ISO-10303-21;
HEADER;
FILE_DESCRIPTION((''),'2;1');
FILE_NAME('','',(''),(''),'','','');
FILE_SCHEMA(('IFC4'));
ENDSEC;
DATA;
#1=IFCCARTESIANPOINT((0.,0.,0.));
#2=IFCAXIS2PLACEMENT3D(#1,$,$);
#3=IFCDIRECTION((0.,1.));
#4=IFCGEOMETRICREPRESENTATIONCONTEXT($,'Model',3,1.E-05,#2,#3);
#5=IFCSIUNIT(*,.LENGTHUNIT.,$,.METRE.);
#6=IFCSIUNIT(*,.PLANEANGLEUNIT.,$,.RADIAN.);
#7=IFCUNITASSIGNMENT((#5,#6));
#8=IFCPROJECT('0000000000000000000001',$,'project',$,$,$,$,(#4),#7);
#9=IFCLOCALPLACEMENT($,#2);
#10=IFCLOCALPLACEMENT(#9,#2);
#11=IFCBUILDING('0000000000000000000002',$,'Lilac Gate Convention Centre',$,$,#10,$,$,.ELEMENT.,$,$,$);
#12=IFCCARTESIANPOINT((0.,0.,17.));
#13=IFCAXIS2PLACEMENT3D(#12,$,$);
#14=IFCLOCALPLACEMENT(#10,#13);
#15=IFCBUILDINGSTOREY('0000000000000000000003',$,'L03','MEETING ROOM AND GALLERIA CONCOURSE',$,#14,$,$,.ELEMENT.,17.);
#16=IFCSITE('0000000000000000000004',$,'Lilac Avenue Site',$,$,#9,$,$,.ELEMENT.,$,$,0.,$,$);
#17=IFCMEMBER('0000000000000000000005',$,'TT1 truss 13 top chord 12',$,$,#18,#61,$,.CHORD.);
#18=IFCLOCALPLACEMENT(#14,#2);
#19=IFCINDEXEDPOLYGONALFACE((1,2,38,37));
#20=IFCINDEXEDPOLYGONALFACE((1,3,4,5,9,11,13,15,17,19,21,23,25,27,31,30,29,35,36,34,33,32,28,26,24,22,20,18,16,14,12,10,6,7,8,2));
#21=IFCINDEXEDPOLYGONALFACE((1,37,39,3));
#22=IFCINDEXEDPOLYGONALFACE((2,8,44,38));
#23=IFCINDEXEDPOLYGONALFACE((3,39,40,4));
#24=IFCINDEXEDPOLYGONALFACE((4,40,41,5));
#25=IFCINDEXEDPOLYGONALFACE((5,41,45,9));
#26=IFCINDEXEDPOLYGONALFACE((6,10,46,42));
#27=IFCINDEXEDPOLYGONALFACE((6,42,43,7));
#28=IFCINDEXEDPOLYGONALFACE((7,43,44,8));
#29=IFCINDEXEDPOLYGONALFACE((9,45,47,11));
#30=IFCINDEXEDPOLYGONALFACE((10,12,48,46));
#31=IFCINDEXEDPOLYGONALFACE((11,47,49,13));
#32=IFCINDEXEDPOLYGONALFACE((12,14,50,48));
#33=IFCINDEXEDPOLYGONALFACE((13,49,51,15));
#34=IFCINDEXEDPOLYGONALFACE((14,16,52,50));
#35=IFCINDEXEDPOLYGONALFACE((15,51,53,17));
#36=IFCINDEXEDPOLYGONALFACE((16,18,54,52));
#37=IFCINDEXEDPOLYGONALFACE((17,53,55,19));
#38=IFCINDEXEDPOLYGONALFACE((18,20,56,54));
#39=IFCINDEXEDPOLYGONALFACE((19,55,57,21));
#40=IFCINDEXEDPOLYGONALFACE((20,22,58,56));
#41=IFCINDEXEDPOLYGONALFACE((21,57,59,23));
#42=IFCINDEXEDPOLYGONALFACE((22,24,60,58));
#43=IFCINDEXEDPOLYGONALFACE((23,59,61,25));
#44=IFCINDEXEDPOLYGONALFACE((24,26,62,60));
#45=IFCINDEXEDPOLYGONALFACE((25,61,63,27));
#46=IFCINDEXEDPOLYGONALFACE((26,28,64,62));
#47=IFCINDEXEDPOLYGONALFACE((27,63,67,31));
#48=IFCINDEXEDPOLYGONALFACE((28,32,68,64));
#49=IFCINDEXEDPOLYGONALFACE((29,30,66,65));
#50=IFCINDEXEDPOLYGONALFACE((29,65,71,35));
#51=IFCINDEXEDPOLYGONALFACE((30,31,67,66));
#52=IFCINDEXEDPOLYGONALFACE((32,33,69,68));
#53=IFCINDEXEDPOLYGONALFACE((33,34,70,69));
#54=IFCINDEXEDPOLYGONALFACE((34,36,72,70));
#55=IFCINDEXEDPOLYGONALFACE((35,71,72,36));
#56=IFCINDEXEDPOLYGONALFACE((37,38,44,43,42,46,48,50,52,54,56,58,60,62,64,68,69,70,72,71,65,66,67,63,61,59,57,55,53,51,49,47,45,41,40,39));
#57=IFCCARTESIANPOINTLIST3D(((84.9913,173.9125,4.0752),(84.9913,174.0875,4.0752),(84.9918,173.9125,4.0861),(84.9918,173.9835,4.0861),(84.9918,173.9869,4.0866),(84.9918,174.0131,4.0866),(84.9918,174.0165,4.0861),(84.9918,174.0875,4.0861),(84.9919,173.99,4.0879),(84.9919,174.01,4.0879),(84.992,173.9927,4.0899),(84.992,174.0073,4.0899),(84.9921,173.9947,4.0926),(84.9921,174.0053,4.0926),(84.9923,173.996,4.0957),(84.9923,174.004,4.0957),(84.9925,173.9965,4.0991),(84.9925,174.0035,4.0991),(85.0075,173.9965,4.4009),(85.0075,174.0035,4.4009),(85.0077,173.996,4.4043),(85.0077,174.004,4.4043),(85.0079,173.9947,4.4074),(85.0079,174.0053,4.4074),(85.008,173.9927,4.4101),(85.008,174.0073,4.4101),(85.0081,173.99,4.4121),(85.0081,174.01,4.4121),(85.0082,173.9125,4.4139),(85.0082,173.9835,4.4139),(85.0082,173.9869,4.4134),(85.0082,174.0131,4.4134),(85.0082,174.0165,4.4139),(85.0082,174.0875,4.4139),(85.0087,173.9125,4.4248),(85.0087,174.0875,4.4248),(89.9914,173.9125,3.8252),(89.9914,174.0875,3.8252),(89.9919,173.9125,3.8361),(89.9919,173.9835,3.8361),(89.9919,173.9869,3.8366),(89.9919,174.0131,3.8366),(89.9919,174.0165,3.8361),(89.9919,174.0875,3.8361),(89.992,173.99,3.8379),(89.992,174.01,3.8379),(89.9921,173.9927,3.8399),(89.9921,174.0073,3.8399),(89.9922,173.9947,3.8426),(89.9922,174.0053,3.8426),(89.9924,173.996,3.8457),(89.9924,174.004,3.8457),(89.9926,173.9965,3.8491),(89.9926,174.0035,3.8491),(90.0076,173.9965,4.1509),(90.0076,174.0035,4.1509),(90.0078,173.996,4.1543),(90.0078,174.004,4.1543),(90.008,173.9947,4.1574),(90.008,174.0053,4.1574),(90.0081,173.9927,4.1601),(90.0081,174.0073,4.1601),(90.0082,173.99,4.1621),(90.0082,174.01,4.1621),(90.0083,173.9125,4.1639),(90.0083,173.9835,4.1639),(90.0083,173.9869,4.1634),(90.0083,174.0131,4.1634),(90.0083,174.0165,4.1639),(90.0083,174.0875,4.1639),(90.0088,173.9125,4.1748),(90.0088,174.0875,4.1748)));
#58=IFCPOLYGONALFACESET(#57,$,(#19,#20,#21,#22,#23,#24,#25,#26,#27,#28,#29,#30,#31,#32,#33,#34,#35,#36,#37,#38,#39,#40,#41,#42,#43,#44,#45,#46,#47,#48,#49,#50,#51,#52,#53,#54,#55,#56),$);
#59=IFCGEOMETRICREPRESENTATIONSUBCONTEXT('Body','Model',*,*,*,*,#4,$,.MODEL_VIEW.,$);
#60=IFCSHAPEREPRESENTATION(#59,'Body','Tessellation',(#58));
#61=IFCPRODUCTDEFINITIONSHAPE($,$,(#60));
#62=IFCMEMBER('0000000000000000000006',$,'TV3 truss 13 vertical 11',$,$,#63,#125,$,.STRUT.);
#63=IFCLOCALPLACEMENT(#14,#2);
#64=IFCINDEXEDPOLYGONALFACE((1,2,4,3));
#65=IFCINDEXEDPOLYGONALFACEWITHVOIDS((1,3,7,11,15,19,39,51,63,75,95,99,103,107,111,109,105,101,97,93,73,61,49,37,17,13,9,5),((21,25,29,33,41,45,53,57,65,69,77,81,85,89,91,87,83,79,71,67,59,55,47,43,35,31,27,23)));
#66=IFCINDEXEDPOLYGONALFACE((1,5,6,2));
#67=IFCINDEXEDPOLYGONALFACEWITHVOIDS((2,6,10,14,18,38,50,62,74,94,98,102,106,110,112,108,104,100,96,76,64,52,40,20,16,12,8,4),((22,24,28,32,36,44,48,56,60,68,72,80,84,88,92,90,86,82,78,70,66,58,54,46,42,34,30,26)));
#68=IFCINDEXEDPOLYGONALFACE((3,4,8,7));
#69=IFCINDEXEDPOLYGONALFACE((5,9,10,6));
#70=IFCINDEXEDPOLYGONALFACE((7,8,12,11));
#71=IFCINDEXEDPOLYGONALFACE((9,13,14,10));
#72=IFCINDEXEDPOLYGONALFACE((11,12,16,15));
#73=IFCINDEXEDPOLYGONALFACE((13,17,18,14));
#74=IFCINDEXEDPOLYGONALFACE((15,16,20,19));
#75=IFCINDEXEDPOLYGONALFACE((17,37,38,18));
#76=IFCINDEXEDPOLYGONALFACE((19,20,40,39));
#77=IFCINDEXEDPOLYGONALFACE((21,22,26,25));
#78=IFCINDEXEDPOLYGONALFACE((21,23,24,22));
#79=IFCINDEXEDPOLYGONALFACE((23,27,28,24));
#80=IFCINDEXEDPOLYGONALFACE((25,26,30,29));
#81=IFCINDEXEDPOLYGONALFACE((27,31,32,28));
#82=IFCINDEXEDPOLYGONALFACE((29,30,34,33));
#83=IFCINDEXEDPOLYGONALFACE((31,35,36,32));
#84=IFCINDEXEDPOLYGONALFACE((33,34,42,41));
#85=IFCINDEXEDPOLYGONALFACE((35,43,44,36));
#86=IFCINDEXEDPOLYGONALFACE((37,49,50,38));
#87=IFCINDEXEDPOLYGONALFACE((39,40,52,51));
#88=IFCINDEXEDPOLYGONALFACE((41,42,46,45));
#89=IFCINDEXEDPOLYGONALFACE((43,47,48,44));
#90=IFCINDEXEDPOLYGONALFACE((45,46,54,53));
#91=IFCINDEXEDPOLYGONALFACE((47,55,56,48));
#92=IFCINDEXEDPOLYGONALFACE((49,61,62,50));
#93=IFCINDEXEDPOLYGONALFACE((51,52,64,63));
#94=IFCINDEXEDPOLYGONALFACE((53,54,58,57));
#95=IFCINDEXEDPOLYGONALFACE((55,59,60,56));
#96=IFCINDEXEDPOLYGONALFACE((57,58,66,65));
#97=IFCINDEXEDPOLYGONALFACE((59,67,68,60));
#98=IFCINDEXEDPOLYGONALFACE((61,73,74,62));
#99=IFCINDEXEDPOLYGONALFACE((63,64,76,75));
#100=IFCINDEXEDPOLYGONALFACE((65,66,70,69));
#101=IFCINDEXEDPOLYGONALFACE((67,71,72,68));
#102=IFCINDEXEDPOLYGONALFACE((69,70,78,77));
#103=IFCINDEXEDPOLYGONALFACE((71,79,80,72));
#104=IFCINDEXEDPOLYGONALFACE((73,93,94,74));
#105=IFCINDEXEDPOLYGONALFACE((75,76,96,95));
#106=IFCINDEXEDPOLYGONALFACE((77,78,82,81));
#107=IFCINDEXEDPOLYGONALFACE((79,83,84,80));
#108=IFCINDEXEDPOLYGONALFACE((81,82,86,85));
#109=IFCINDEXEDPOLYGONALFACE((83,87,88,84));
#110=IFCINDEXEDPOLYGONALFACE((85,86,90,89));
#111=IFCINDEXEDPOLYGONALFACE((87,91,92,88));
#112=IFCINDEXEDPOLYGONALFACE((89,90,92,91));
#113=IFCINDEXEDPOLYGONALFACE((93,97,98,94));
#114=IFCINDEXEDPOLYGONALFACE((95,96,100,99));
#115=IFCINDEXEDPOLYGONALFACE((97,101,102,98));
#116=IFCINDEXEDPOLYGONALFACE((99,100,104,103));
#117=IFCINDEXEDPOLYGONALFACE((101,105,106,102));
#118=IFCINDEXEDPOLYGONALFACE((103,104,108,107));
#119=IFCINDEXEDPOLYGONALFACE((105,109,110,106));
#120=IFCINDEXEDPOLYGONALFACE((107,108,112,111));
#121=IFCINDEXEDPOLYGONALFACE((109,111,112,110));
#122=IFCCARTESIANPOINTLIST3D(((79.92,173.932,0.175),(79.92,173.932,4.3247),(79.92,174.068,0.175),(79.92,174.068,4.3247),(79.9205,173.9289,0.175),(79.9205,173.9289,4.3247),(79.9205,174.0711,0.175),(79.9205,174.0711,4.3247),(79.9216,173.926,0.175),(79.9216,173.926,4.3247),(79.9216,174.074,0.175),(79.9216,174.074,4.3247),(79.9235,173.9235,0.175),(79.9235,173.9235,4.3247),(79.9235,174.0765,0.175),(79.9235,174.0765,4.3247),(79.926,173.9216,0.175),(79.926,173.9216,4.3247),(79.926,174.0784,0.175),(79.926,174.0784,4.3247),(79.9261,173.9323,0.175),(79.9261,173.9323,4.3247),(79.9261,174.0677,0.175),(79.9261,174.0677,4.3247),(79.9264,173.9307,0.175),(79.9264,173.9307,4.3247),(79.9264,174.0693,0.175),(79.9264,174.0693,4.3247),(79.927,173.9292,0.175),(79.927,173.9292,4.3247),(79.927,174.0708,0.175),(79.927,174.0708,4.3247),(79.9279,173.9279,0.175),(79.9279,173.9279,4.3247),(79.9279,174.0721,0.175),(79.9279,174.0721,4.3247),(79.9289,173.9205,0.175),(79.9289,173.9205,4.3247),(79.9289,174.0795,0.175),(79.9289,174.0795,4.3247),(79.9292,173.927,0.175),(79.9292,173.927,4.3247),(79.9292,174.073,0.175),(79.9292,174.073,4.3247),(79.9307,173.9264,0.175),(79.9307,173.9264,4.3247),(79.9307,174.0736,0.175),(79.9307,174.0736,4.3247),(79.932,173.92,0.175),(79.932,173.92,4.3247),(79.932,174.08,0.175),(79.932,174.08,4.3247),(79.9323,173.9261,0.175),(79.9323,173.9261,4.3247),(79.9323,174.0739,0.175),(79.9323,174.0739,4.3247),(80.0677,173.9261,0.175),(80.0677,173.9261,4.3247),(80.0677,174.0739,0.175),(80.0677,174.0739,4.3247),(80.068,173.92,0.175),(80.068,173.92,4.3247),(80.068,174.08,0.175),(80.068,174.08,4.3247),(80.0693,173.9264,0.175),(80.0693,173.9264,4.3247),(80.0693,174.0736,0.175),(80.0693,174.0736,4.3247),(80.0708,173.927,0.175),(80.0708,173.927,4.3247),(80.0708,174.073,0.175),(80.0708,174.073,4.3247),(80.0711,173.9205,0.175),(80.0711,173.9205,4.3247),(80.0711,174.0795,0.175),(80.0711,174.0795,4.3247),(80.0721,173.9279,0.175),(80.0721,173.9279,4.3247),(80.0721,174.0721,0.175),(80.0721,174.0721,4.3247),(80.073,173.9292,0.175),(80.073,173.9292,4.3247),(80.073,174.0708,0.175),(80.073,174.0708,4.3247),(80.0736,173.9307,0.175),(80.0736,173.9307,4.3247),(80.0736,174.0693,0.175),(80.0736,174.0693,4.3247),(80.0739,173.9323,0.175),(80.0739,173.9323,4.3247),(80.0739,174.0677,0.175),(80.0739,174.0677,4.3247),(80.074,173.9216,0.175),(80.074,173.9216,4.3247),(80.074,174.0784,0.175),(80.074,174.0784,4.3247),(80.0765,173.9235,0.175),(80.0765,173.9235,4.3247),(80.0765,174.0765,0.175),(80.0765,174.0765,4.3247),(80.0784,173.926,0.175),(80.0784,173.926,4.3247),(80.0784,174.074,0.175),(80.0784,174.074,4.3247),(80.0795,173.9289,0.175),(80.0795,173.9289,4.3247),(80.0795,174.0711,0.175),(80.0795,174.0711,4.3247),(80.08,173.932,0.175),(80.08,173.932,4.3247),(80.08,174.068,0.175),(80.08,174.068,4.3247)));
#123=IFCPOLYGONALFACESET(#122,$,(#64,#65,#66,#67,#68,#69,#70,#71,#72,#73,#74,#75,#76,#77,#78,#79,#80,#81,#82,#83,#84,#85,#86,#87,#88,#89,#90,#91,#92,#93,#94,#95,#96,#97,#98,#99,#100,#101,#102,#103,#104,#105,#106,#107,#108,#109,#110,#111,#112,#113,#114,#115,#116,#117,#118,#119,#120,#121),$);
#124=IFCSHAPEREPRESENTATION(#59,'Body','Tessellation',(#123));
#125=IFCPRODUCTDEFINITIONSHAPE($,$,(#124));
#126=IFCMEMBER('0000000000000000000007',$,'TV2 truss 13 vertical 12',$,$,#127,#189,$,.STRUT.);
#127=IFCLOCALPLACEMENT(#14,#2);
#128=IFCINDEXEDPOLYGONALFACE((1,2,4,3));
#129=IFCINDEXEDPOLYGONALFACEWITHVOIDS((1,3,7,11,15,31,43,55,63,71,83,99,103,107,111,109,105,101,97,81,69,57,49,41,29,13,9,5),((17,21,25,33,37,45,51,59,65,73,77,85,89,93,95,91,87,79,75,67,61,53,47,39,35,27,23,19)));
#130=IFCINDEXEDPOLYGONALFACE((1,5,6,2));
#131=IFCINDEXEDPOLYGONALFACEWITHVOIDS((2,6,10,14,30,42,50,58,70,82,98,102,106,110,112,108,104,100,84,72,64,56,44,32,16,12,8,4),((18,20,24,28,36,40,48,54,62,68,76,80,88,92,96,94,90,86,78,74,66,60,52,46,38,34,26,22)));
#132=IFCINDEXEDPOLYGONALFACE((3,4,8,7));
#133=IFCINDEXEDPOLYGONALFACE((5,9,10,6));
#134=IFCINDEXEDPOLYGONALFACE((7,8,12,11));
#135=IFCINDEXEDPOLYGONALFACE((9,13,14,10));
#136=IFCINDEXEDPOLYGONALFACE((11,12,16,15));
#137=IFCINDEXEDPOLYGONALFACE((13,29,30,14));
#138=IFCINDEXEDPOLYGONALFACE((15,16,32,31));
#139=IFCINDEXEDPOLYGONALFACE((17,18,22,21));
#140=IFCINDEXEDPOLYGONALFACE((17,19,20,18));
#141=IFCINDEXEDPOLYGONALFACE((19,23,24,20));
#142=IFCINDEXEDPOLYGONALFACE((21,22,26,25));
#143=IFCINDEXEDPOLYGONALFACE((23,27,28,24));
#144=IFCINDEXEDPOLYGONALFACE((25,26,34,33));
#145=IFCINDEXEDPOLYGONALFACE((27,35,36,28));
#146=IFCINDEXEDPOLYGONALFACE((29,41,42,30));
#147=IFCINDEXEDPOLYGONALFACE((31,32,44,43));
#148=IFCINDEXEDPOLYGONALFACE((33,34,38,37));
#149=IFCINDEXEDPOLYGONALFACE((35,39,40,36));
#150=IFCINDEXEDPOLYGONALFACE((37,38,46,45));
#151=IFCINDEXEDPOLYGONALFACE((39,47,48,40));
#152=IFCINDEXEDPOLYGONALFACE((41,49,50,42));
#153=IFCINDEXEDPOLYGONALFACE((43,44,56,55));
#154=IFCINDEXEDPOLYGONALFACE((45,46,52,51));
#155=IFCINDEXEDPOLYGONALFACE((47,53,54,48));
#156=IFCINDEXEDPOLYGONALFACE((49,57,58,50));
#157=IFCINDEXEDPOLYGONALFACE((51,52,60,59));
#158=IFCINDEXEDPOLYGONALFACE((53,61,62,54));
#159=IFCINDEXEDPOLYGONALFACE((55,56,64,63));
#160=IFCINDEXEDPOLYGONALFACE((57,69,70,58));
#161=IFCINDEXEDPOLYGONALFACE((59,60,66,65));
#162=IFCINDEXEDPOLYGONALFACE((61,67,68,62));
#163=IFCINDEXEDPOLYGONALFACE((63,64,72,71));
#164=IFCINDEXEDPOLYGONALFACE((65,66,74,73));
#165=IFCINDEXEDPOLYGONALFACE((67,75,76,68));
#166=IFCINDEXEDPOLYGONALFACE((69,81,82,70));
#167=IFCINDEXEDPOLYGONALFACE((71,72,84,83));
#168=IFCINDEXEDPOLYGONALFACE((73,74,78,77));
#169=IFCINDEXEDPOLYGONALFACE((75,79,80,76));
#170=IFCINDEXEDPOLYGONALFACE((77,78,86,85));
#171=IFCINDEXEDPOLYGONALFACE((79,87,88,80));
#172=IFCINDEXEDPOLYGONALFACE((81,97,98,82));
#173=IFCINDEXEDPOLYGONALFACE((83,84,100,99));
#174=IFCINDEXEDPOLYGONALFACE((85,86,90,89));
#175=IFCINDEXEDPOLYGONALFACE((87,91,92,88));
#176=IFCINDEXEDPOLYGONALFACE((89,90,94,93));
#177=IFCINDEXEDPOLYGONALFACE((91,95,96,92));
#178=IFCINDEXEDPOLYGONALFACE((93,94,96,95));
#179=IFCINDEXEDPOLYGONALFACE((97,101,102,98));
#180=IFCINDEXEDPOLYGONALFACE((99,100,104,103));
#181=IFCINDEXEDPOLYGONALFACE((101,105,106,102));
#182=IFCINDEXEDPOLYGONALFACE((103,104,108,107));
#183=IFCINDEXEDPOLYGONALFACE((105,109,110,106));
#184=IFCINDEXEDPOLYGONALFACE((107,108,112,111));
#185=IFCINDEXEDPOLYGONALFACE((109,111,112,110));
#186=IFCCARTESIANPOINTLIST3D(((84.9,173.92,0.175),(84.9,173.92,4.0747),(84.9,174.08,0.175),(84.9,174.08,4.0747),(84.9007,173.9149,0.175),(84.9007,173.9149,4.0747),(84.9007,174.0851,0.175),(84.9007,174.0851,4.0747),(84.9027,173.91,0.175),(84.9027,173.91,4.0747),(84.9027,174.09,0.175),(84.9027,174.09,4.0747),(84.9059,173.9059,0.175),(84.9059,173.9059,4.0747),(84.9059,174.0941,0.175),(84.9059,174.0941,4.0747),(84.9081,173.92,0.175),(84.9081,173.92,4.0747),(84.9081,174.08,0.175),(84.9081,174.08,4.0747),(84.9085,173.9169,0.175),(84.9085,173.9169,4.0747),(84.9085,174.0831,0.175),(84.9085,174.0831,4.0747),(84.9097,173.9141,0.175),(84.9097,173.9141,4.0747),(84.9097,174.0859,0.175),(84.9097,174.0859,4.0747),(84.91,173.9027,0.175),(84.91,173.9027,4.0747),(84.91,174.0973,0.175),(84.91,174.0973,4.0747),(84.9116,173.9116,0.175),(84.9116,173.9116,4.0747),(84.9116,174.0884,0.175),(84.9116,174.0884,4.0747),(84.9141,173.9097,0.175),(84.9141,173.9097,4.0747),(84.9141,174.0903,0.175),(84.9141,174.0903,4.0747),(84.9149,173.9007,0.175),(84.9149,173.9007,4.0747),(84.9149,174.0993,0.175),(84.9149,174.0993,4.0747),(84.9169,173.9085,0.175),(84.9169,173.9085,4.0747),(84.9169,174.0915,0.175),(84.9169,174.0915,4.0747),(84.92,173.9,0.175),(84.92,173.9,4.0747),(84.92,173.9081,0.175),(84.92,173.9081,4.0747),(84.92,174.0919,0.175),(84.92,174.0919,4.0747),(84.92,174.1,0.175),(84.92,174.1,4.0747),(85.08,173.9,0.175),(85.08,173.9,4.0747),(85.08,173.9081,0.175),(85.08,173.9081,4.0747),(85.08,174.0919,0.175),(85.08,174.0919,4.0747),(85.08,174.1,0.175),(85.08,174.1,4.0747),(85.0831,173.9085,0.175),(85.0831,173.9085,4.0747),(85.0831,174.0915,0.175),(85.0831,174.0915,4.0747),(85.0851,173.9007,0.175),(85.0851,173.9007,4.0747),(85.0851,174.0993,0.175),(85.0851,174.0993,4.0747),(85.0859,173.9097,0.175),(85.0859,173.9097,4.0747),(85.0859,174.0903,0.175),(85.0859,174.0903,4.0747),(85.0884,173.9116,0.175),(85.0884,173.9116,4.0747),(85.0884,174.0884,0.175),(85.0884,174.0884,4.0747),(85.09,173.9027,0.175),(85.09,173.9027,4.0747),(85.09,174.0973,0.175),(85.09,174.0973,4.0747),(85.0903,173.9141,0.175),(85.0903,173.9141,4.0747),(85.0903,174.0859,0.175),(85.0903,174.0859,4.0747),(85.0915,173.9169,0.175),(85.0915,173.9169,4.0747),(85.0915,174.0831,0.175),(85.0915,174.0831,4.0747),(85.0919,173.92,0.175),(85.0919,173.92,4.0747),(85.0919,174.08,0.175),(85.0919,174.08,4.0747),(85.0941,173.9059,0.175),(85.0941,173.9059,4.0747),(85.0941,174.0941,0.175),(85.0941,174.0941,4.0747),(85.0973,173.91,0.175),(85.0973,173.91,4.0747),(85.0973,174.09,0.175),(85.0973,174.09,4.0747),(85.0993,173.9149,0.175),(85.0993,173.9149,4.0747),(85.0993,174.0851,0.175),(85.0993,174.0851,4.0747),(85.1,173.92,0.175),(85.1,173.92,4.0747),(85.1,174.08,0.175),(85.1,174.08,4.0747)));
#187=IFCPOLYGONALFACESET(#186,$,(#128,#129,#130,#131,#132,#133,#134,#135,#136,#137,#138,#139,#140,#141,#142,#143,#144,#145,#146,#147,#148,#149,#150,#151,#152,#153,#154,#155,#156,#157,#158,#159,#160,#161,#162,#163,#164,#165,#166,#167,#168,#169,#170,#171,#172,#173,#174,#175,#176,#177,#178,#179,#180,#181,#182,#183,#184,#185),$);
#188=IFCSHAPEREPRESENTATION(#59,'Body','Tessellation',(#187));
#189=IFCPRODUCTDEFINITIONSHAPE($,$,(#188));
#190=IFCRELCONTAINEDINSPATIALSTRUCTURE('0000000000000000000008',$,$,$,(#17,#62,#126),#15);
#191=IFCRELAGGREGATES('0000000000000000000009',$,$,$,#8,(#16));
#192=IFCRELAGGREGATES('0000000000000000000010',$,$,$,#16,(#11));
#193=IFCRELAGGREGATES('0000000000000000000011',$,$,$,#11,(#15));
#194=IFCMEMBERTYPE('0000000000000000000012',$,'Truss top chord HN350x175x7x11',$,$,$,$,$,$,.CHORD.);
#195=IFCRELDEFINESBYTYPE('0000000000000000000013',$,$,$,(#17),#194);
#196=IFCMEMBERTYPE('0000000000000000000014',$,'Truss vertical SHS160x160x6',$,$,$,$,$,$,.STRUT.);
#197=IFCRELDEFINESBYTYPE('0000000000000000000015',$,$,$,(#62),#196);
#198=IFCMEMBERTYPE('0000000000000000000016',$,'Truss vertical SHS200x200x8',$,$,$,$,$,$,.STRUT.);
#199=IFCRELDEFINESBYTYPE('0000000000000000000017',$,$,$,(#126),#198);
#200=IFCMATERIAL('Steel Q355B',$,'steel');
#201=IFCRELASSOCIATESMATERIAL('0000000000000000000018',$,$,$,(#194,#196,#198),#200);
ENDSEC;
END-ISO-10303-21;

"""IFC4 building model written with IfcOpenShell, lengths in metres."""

from ifc_helpers import new_model, si_unit, direction, frame, origin, origin_2d, place, context, subcontext, project, spatial, hollow_rectangle, i_section, extrude, material, material_profile, profile_set, type_object, element, save


model = new_model("IFC4")

# Units and contexts
model_context = context("Model", 3, precision=1e-05, world=origin(), true_north=direction((0.0, 1.0)))
body_context = subcontext(model_context, "Body", "Model", "MODEL_VIEW")
ifc_project = project(units=[si_unit("LENGTHUNIT", "METRE"), si_unit("PLANEANGLEUNIT", "RADIAN")], contexts=[model_context])

# Site, building, storey
site_placement = place(None, origin())
site = spatial("IfcSite", under=ifc_project, at=site_placement, Name="Lilac Avenue Site", CompositionType="ELEMENT", RefElevation=0.0)
building_placement = place(site_placement, origin())
building = spatial("IfcBuilding", under=site, at=building_placement, Name="Lilac Gate Convention Centre", CompositionType="ELEMENT")
storey_placement = place(building_placement, frame((0.0, 0.0, 17.0)))
storey = spatial("IfcBuildingStorey", under=building, at=storey_placement, Name="L03", Description="MEETING ROOM AND GALLERIA CONCOURSE", CompositionType="ELEMENT", Elevation=17.0)

# Members
ifc_material = material(Name="Steel Q355B", Category="steel")
ifc_material_profile_1 = material_profile(ifc_material, i_section(OverallWidth=0.175, OverallDepth=0.3501, WebThickness=0.0071, FlangeThickness=0.011, FilletRadius=0.0129, at=origin_2d()), Name="HN350x175x7x11")
ifc_profile_set_1 = profile_set([ifc_material_profile_1], Name="Steel Q355B")
member_type_1 = type_object("IfcMemberType", Name="Truss top chord HN350x175x7x11", PredefinedType="CHORD", material=ifc_profile_set_1)
for number, where, z_axis, x_axis, name in (
    (1, (85.0, 174.0, 4.25), (0.998752, 0.0, -0.049938), (0.0, 1.0, 0.0), "TT1 truss 13 top chord 12"),
):
    element("IfcMember", number, at=place(storey_placement, frame(where, z_axis=z_axis, x_axis=x_axis)), inside=storey, type_object=member_type_1, Name=name, PredefinedType="CHORD", context=body_context, shape_type="SweptSolid", body=[
        extrude(i_section(OverallWidth=0.175, OverallDepth=0.3501, WebThickness=0.0071, FlangeThickness=0.011, FilletRadius=0.0129, at=origin_2d()), origin(), (0.0, 0.0, 1.0), 5.0063),
    ])
ifc_material_profile_2 = material_profile(ifc_material, hollow_rectangle(XDim=0.1599, YDim=0.1599, WallThickness=0.0061, InnerFilletRadius=0.0061, OuterFilletRadius=0.012, at=origin_2d()), Name="SHS160x160x6")
ifc_profile_set_2 = profile_set([ifc_material_profile_2], Name="Steel Q355B")
member_type_2 = type_object("IfcMemberType", Name="Truss vertical SHS160x160x6", PredefinedType="STRUT", material=ifc_profile_set_2)
member_1_placement = place(storey_placement, frame((80.0, 174.0, 0.175), z_axis=(0.0, 0.0, 1.0), x_axis=(1.0, 0.0, 0.0)))
element("IfcMember", 2, at=member_1_placement, inside=storey, type_object=member_type_2, Name="TV3 truss 13 vertical 11", PredefinedType="STRUT", context=body_context, shape_type="SweptSolid", body=[
    extrude(hollow_rectangle(XDim=0.1599, YDim=0.1599, WallThickness=0.0061, InnerFilletRadius=0.0061, OuterFilletRadius=0.012, at=origin_2d()), origin(), (0.0, 0.0, 1.0), 4.1497),
])
ifc_material_profile_3 = material_profile(ifc_material, hollow_rectangle(XDim=0.2, YDim=0.2, WallThickness=0.0081, InnerFilletRadius=0.012, OuterFilletRadius=0.02, at=origin_2d()), Name="SHS200x200x8")
ifc_profile_set_3 = profile_set([ifc_material_profile_3], Name="Steel Q355B")
member_type_3 = type_object("IfcMemberType", Name="Truss vertical SHS200x200x8", PredefinedType="STRUT", material=ifc_profile_set_3)
member_2_placement = place(storey_placement, frame((85.0, 174.0, 0.175), z_axis=(0.0, 0.0, 1.0), x_axis=(1.0, 0.0, 0.0)))
element("IfcMember", 3, at=member_2_placement, inside=storey, type_object=member_type_3, Name="TV2 truss 13 vertical 12", PredefinedType="STRUT", context=body_context, shape_type="SweptSolid", body=[
    extrude(hollow_rectangle(XDim=0.2, YDim=0.2, WallThickness=0.0081, InnerFilletRadius=0.012, OuterFilletRadius=0.02, at=origin_2d()), origin(), (0.0, 0.0, 1.0), 3.8997),
])

save(model, "model.ifc")
